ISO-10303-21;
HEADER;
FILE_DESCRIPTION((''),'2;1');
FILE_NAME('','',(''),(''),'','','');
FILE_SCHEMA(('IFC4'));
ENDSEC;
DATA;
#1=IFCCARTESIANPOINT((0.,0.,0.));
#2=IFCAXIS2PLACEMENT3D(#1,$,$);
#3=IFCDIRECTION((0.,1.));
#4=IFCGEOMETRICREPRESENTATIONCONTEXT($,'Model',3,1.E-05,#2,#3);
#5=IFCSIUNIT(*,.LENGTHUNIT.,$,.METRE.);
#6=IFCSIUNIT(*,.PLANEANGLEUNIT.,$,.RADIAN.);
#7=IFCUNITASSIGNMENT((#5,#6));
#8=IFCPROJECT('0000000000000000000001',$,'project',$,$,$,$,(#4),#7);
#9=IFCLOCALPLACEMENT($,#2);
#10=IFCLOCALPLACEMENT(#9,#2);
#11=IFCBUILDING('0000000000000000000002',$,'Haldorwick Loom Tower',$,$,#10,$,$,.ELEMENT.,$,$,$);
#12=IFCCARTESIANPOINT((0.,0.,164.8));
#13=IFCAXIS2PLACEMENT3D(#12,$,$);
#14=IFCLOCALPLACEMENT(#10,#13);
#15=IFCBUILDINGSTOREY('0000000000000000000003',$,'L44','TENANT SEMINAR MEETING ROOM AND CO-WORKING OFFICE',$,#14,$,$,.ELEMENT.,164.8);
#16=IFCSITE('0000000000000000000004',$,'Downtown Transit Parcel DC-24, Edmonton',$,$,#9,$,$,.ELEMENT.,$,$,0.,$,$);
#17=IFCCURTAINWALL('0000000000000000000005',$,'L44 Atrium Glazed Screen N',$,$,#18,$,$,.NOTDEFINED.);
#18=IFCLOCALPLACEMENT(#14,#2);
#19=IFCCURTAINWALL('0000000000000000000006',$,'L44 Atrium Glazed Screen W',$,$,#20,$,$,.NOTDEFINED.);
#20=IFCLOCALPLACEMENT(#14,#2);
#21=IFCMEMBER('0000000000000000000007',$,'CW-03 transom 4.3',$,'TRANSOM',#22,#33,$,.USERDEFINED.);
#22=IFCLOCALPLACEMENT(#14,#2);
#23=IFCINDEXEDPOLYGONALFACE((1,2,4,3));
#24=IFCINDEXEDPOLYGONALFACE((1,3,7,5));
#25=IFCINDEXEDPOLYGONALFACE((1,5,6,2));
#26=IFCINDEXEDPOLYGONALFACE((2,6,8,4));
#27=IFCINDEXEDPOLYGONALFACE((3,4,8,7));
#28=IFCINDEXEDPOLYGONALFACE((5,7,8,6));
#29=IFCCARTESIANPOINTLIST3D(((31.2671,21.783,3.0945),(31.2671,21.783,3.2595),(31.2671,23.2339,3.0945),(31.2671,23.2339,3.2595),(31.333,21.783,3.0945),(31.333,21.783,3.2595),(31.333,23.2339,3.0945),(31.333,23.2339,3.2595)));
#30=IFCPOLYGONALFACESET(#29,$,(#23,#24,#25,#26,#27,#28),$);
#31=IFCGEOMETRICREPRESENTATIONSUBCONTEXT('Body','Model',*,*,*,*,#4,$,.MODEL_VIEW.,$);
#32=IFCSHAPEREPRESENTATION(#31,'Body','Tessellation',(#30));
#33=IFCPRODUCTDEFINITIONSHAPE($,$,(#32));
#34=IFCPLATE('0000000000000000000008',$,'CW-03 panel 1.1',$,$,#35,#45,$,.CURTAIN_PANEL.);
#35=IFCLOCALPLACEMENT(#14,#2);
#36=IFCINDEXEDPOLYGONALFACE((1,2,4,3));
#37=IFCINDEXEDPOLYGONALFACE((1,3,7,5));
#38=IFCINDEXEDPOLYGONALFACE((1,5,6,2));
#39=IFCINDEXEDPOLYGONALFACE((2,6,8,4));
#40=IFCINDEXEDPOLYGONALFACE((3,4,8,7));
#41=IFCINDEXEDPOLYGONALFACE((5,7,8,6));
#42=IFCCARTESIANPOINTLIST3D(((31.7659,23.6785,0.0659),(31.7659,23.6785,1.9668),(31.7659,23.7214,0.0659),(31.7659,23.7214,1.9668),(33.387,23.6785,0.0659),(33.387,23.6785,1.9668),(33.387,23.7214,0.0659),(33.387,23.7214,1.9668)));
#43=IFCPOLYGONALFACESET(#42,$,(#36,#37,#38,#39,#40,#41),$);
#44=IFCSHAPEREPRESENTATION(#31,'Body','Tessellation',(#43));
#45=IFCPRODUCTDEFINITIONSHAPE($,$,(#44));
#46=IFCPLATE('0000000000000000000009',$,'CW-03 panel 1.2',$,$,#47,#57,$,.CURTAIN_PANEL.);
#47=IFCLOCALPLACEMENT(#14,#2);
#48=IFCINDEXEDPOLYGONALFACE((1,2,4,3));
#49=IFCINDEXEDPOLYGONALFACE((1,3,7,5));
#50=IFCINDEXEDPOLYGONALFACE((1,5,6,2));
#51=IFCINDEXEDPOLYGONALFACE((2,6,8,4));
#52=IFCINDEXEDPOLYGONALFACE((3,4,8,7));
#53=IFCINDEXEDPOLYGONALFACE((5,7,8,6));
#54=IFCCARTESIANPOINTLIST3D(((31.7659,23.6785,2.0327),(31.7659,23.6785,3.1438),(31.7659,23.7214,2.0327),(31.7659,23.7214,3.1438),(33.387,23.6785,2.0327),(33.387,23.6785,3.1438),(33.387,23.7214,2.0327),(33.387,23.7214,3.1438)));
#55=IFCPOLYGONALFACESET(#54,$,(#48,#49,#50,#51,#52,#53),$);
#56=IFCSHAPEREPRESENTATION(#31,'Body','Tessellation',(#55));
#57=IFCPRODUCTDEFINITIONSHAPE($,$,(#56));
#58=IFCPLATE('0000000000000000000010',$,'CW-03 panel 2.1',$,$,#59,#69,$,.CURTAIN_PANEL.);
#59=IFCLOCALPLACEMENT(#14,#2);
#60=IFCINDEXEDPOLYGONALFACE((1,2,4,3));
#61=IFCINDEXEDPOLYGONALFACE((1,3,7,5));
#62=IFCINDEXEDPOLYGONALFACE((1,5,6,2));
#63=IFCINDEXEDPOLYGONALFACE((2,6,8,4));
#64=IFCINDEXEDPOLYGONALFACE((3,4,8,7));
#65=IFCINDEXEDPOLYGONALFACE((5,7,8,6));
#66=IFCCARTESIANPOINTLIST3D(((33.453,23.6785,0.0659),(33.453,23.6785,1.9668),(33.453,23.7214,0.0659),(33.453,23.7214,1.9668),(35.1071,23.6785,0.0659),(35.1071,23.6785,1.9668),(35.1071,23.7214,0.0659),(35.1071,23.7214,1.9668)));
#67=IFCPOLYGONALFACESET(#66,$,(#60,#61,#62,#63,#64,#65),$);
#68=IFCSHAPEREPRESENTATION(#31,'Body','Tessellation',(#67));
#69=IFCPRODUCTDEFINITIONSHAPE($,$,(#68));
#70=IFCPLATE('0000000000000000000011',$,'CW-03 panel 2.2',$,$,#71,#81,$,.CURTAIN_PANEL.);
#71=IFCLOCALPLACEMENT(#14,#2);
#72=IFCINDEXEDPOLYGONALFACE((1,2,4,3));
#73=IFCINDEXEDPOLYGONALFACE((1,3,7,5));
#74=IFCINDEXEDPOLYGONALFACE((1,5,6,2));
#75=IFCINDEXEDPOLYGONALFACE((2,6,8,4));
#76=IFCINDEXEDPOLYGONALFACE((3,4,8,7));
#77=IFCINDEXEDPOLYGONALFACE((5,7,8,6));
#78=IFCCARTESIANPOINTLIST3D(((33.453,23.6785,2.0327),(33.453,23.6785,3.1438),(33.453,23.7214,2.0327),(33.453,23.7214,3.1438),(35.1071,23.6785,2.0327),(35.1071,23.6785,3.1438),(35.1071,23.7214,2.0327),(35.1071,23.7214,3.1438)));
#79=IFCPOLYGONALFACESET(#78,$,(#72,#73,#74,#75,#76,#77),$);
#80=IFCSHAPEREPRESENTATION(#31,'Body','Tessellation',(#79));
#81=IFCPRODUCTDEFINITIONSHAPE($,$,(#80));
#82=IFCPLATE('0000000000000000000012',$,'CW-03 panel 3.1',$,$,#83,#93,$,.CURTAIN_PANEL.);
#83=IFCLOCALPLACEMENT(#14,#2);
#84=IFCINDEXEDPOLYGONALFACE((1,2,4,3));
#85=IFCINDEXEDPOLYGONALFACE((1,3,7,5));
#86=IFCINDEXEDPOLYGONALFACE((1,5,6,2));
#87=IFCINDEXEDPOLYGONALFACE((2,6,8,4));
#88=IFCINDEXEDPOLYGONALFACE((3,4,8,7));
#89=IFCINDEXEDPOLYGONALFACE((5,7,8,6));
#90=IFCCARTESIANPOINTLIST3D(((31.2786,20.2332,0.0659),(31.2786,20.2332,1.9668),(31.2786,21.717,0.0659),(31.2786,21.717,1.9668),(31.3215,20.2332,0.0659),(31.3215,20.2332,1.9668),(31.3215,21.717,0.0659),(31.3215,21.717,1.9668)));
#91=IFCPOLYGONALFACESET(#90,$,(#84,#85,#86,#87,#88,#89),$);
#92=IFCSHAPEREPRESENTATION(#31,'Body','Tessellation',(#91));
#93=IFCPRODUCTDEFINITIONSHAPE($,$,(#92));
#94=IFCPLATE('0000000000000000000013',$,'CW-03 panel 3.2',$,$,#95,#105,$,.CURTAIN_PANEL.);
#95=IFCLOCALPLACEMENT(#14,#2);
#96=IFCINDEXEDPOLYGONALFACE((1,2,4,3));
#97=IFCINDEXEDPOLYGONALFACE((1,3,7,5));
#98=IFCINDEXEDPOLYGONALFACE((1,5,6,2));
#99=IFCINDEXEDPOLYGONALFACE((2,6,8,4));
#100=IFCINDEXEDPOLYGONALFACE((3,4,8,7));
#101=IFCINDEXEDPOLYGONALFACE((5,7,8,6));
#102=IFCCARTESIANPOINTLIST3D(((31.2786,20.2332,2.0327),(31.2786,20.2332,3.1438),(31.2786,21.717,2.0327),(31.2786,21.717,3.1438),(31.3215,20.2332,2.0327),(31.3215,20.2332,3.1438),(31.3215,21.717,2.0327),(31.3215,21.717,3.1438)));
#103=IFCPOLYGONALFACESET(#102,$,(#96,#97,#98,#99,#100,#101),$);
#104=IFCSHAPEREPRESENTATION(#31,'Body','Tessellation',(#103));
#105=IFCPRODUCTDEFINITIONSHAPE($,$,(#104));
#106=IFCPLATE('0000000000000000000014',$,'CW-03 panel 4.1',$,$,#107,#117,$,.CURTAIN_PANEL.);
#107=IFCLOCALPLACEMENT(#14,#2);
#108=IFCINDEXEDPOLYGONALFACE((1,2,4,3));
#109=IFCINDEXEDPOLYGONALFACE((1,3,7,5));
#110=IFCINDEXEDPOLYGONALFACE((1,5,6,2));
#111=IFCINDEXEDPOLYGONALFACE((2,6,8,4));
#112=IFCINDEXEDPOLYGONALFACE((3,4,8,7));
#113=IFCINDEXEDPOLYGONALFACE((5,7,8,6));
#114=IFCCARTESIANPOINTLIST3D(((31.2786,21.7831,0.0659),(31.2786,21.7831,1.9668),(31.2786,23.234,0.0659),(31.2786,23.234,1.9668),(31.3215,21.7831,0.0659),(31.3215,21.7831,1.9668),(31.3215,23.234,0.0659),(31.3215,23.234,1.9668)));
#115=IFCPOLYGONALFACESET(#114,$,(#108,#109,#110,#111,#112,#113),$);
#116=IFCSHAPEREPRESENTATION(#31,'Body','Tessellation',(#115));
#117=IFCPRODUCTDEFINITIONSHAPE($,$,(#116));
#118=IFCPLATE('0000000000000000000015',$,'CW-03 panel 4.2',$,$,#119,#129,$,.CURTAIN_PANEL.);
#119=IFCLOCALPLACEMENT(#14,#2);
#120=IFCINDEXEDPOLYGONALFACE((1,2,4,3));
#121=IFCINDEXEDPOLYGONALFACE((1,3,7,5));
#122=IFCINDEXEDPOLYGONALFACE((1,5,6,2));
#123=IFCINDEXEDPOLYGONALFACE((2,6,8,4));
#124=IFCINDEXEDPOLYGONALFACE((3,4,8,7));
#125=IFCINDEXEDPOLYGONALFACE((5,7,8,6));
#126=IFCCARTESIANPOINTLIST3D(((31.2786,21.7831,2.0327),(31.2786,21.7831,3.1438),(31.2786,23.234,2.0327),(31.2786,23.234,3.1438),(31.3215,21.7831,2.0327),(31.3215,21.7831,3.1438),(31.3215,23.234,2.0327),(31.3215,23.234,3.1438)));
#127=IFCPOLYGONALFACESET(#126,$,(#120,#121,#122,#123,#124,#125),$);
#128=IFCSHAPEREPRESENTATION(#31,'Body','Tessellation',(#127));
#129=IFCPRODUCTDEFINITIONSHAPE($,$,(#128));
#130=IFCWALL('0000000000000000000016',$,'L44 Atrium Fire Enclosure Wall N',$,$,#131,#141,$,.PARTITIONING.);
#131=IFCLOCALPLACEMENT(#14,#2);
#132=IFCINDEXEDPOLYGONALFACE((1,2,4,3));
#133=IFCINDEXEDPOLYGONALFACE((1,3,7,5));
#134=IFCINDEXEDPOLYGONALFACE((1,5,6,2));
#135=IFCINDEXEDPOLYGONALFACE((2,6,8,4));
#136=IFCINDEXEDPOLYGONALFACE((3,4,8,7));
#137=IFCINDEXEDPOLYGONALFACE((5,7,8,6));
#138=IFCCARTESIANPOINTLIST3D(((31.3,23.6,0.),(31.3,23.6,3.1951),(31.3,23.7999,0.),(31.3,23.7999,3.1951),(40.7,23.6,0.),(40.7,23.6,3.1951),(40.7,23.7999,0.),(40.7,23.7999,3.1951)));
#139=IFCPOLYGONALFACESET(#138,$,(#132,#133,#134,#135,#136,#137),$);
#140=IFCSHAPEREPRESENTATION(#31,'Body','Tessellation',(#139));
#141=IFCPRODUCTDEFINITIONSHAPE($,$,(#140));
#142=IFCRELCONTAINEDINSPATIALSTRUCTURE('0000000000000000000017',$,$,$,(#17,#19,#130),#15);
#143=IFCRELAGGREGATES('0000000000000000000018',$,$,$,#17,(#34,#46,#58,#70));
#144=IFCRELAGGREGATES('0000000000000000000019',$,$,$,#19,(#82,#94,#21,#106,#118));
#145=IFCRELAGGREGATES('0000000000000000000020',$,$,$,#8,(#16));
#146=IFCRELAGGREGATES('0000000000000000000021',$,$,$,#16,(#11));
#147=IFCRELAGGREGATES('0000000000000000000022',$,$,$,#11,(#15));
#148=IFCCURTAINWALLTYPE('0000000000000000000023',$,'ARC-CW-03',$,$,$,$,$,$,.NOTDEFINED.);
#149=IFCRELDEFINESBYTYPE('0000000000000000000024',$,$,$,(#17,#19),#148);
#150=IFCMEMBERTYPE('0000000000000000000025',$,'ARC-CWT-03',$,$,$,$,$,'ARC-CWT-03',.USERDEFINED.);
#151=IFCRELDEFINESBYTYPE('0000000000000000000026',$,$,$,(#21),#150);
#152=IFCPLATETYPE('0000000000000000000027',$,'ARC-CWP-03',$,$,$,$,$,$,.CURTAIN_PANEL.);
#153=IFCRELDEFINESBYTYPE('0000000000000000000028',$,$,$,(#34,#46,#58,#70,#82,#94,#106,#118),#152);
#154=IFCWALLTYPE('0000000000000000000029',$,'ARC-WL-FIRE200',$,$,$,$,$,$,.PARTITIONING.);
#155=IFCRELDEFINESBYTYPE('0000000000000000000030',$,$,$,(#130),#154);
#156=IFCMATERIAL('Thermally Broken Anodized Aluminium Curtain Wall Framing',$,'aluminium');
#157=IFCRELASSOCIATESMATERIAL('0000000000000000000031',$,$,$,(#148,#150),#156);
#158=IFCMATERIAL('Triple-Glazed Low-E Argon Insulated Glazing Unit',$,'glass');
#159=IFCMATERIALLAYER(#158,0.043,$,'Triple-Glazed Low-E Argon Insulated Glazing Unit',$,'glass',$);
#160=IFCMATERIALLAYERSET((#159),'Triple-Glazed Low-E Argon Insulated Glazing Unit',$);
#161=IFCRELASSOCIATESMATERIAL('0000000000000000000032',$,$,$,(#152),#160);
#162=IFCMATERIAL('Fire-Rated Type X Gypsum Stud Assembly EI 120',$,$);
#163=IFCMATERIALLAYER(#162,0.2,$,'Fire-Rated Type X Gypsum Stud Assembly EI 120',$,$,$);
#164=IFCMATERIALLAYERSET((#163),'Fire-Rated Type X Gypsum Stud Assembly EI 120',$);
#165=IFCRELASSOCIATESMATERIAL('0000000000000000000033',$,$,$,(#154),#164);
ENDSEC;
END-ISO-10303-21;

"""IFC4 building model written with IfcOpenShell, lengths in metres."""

from ifc_helpers import new_model, si_unit, direction, frame, frame_2d, origin, origin_2d, place, context, subcontext, project, spatial, rectangle, extrude, material, layer, layer_set, material_profile, profile_set, type_object, element, aggregate, save


model = new_model("IFC4")

# Units and contexts
model_context = context("Model", 3, precision=1e-05, world=origin(), true_north=direction((0.0, 1.0)))
body_context = subcontext(model_context, "Body", "Model", "MODEL_VIEW")
ifc_project = project(units=[si_unit("LENGTHUNIT", "METRE"), si_unit("PLANEANGLEUNIT", "RADIAN")], contexts=[model_context])

# Site, building, storey
site_placement = place(None, origin())
site = spatial("IfcSite", under=ifc_project, at=site_placement, Name="Downtown Transit Parcel DC-24, Edmonton", CompositionType="ELEMENT", RefElevation=0.0)
building_placement = place(site_placement, origin())
building = spatial("IfcBuilding", under=site, at=building_placement, Name="Haldorwick Loom Tower", CompositionType="ELEMENT")
storey_placement = place(building_placement, frame((0.0, 0.0, 164.8)))
storey = spatial("IfcBuildingStorey", under=building, at=storey_placement, Name="L44", Description="TENANT SEMINAR MEETING ROOM AND CO-WORKING OFFICE", CompositionType="ELEMENT", Elevation=164.8)

# Curtain walls
ifc_material_1 = material(Name="Thermally Broken Anodized Aluminium Curtain Wall Framing", Category="aluminium")
curtain_wall_type = type_object("IfcCurtainWallType", Name="ARC-CW-03", PredefinedType="NOTDEFINED", material=ifc_material_1)
curtain_wall_1_placement = place(storey_placement, origin())
curtain_wall_1 = element("IfcCurtainWall", 1, at=curtain_wall_1_placement, inside=storey, type_object=curtain_wall_type, Name="L44 Atrium Glazed Screen N", PredefinedType="NOTDEFINED")
curtain_wall_2_placement = place(storey_placement, origin())
curtain_wall_2 = element("IfcCurtainWall", 2, at=curtain_wall_2_placement, inside=storey, type_object=curtain_wall_type, Name="L44 Atrium Glazed Screen W", PredefinedType="NOTDEFINED")

# Member
ifc_material_profile_1 = material_profile(ifc_material_1, rectangle(XDim=0.0659, YDim=0.165, at=origin_2d()), Name="ALU_TRN_66X165", Category="aluminium")
ifc_profile_set_1 = profile_set([ifc_material_profile_1], Name="Thermally Broken Anodized Aluminium Curtain Wall Framing")
member_type_1 = type_object("IfcMemberType", Name="ARC-CWT-03", ElementType="ARC-CWT-03", PredefinedType="USERDEFINED", material=ifc_profile_set_1)
member_1_placement = place(storey_placement, frame((31.3, 21.783, 3.177), z_axis=(0.0, 1.0, 0.0), x_axis=(-1.0, 0.0, 0.0)))
member_1 = element("IfcMember", 3, at=member_1_placement, type_object=member_type_1, Name="CW-03 transom 4.3", ObjectType="TRANSOM", PredefinedType="USERDEFINED", context=body_context, shape_type="SweptSolid", body=[
    extrude(rectangle(XDim=0.0659, YDim=0.165, at=origin_2d()), origin(), (0.0, 0.0, 1.0), 1.4509),
])

# Plates
ifc_material_2 = material(Name="Triple-Glazed Low-E Argon Insulated Glazing Unit", Category="glass")
ifc_layer_1 = layer(ifc_material_2, 0.043, Name="Triple-Glazed Low-E Argon Insulated Glazing Unit", Category="glass")
ifc_layer_set_1 = layer_set([ifc_layer_1], Name="Triple-Glazed Low-E Argon Insulated Glazing Unit")
plate_type = type_object("IfcPlateType", Name="ARC-CWP-03", PredefinedType="CURTAIN_PANEL", material=ifc_layer_set_1)
plate_1_placement = place(storey_placement, frame((32.5764, 23.7, 0.0659), z_axis=(0.0, 0.0, 1.0), x_axis=(1.0, 0.0, 0.0)))
plate_1 = element("IfcPlate", 4, at=plate_1_placement, type_object=plate_type, Name="CW-03 panel 1.1", PredefinedType="CURTAIN_PANEL", context=body_context, shape_type="SweptSolid", body=[
    extrude(rectangle(XDim=1.6211, YDim=0.043, at=origin_2d()), origin(), (0.0, 0.0, 1.0), 1.9009),
])
plate_2_placement = place(storey_placement, frame((32.5764, 23.7, 2.0327), z_axis=(0.0, 0.0, 1.0), x_axis=(1.0, 0.0, 0.0)))
plate_2 = element("IfcPlate", 5, at=plate_2_placement, type_object=plate_type, Name="CW-03 panel 1.2", PredefinedType="CURTAIN_PANEL", context=body_context, shape_type="SweptSolid", body=[
    extrude(rectangle(XDim=1.6211, YDim=0.043, at=origin_2d()), origin(), (0.0, 0.0, 1.0), 1.1111),
])
plate_3_placement = place(storey_placement, frame((34.28, 23.7, 0.0659), z_axis=(0.0, 0.0, 1.0), x_axis=(1.0, 0.0, 0.0)))
plate_3 = element("IfcPlate", 6, at=plate_3_placement, type_object=plate_type, Name="CW-03 panel 2.1", PredefinedType="CURTAIN_PANEL", context=body_context, shape_type="SweptSolid", body=[
    extrude(rectangle(XDim=1.6541, YDim=0.043, at=origin_2d()), origin(), (0.0, 0.0, 1.0), 1.9009),
])
plate_4_placement = place(storey_placement, frame((34.28, 23.7, 2.0327), z_axis=(0.0, 0.0, 1.0), x_axis=(1.0, 0.0, 0.0)))
plate_4 = element("IfcPlate", 7, at=plate_4_placement, type_object=plate_type, Name="CW-03 panel 2.2", PredefinedType="CURTAIN_PANEL", context=body_context, shape_type="SweptSolid", body=[
    extrude(rectangle(XDim=1.6541, YDim=0.043, at=origin_2d()), origin(), (0.0, 0.0, 1.0), 1.1111),
])
aggregate(curtain_wall_1, [plate_1, plate_2, plate_3, plate_4])
plate_5_placement = place(storey_placement, frame((31.3, 20.9751, 0.0659), z_axis=(0.0, 0.0, 1.0), x_axis=(0.0, 1.0, 0.0)))
plate_5 = element("IfcPlate", 8, at=plate_5_placement, type_object=plate_type, Name="CW-03 panel 3.1", PredefinedType="CURTAIN_PANEL", context=body_context, shape_type="SweptSolid", body=[
    extrude(rectangle(XDim=1.4839, YDim=0.043, at=origin_2d()), origin(), (0.0, 0.0, 1.0), 1.9009),
])
plate_6_placement = place(storey_placement, frame((31.3, 20.9751, 2.0327), z_axis=(0.0, 0.0, 1.0), x_axis=(0.0, 1.0, 0.0)))
plate_6 = element("IfcPlate", 9, at=plate_6_placement, type_object=plate_type, Name="CW-03 panel 3.2", PredefinedType="CURTAIN_PANEL", context=body_context, shape_type="SweptSolid", body=[
    extrude(rectangle(XDim=1.4839, YDim=0.043, at=origin_2d()), origin(), (0.0, 0.0, 1.0), 1.1111),
])
plate_7_placement = place(storey_placement, frame((31.3, 22.5085, 0.0659), z_axis=(0.0, 0.0, 1.0), x_axis=(0.0, 1.0, 0.0)))
plate_7 = element("IfcPlate", 10, at=plate_7_placement, type_object=plate_type, Name="CW-03 panel 4.1", PredefinedType="CURTAIN_PANEL", context=body_context, shape_type="SweptSolid", body=[
    extrude(rectangle(XDim=1.4509, YDim=0.043, at=origin_2d()), origin(), (0.0, 0.0, 1.0), 1.9009),
])
plate_8_placement = place(storey_placement, frame((31.3, 22.5085, 2.0327), z_axis=(0.0, 0.0, 1.0), x_axis=(0.0, 1.0, 0.0)))
plate_8 = element("IfcPlate", 11, at=plate_8_placement, type_object=plate_type, Name="CW-03 panel 4.2", PredefinedType="CURTAIN_PANEL", context=body_context, shape_type="SweptSolid", body=[
    extrude(rectangle(XDim=1.4509, YDim=0.043, at=origin_2d()), origin(), (0.0, 0.0, 1.0), 1.1111),
])
aggregate(curtain_wall_2, [plate_5, plate_6, member_1, plate_7, plate_8])

# Wall
ifc_material_3 = material(Name="Fire-Rated Type X Gypsum Stud Assembly EI 120")
ifc_layer_2 = layer(ifc_material_3, 0.2, Name="Fire-Rated Type X Gypsum Stud Assembly EI 120")
ifc_layer_set_2 = layer_set([ifc_layer_2], Name="Fire-Rated Type X Gypsum Stud Assembly EI 120")
wall_type = type_object("IfcWallType", Name="ARC-WL-FIRE200", PredefinedType="PARTITIONING", material=ifc_layer_set_2)
wall_placement = place(storey_placement, frame((31.3, 23.7, 0.0), z_axis=(0.0, 0.0, 1.0), x_axis=(1.0, 0.0, 0.0)))
element("IfcWall", 12, at=wall_placement, inside=storey, type_object=wall_type, Name="L44 Atrium Fire Enclosure Wall N", PredefinedType="PARTITIONING", context=body_context, shape_type="SweptSolid", body=[
    extrude(rectangle(XDim=9.3999, YDim=0.2, at=frame_2d((4.7, 0.0))), origin(), (0.0, 0.0, 1.0), 3.1951),
])

save(model, "model.ifc")
